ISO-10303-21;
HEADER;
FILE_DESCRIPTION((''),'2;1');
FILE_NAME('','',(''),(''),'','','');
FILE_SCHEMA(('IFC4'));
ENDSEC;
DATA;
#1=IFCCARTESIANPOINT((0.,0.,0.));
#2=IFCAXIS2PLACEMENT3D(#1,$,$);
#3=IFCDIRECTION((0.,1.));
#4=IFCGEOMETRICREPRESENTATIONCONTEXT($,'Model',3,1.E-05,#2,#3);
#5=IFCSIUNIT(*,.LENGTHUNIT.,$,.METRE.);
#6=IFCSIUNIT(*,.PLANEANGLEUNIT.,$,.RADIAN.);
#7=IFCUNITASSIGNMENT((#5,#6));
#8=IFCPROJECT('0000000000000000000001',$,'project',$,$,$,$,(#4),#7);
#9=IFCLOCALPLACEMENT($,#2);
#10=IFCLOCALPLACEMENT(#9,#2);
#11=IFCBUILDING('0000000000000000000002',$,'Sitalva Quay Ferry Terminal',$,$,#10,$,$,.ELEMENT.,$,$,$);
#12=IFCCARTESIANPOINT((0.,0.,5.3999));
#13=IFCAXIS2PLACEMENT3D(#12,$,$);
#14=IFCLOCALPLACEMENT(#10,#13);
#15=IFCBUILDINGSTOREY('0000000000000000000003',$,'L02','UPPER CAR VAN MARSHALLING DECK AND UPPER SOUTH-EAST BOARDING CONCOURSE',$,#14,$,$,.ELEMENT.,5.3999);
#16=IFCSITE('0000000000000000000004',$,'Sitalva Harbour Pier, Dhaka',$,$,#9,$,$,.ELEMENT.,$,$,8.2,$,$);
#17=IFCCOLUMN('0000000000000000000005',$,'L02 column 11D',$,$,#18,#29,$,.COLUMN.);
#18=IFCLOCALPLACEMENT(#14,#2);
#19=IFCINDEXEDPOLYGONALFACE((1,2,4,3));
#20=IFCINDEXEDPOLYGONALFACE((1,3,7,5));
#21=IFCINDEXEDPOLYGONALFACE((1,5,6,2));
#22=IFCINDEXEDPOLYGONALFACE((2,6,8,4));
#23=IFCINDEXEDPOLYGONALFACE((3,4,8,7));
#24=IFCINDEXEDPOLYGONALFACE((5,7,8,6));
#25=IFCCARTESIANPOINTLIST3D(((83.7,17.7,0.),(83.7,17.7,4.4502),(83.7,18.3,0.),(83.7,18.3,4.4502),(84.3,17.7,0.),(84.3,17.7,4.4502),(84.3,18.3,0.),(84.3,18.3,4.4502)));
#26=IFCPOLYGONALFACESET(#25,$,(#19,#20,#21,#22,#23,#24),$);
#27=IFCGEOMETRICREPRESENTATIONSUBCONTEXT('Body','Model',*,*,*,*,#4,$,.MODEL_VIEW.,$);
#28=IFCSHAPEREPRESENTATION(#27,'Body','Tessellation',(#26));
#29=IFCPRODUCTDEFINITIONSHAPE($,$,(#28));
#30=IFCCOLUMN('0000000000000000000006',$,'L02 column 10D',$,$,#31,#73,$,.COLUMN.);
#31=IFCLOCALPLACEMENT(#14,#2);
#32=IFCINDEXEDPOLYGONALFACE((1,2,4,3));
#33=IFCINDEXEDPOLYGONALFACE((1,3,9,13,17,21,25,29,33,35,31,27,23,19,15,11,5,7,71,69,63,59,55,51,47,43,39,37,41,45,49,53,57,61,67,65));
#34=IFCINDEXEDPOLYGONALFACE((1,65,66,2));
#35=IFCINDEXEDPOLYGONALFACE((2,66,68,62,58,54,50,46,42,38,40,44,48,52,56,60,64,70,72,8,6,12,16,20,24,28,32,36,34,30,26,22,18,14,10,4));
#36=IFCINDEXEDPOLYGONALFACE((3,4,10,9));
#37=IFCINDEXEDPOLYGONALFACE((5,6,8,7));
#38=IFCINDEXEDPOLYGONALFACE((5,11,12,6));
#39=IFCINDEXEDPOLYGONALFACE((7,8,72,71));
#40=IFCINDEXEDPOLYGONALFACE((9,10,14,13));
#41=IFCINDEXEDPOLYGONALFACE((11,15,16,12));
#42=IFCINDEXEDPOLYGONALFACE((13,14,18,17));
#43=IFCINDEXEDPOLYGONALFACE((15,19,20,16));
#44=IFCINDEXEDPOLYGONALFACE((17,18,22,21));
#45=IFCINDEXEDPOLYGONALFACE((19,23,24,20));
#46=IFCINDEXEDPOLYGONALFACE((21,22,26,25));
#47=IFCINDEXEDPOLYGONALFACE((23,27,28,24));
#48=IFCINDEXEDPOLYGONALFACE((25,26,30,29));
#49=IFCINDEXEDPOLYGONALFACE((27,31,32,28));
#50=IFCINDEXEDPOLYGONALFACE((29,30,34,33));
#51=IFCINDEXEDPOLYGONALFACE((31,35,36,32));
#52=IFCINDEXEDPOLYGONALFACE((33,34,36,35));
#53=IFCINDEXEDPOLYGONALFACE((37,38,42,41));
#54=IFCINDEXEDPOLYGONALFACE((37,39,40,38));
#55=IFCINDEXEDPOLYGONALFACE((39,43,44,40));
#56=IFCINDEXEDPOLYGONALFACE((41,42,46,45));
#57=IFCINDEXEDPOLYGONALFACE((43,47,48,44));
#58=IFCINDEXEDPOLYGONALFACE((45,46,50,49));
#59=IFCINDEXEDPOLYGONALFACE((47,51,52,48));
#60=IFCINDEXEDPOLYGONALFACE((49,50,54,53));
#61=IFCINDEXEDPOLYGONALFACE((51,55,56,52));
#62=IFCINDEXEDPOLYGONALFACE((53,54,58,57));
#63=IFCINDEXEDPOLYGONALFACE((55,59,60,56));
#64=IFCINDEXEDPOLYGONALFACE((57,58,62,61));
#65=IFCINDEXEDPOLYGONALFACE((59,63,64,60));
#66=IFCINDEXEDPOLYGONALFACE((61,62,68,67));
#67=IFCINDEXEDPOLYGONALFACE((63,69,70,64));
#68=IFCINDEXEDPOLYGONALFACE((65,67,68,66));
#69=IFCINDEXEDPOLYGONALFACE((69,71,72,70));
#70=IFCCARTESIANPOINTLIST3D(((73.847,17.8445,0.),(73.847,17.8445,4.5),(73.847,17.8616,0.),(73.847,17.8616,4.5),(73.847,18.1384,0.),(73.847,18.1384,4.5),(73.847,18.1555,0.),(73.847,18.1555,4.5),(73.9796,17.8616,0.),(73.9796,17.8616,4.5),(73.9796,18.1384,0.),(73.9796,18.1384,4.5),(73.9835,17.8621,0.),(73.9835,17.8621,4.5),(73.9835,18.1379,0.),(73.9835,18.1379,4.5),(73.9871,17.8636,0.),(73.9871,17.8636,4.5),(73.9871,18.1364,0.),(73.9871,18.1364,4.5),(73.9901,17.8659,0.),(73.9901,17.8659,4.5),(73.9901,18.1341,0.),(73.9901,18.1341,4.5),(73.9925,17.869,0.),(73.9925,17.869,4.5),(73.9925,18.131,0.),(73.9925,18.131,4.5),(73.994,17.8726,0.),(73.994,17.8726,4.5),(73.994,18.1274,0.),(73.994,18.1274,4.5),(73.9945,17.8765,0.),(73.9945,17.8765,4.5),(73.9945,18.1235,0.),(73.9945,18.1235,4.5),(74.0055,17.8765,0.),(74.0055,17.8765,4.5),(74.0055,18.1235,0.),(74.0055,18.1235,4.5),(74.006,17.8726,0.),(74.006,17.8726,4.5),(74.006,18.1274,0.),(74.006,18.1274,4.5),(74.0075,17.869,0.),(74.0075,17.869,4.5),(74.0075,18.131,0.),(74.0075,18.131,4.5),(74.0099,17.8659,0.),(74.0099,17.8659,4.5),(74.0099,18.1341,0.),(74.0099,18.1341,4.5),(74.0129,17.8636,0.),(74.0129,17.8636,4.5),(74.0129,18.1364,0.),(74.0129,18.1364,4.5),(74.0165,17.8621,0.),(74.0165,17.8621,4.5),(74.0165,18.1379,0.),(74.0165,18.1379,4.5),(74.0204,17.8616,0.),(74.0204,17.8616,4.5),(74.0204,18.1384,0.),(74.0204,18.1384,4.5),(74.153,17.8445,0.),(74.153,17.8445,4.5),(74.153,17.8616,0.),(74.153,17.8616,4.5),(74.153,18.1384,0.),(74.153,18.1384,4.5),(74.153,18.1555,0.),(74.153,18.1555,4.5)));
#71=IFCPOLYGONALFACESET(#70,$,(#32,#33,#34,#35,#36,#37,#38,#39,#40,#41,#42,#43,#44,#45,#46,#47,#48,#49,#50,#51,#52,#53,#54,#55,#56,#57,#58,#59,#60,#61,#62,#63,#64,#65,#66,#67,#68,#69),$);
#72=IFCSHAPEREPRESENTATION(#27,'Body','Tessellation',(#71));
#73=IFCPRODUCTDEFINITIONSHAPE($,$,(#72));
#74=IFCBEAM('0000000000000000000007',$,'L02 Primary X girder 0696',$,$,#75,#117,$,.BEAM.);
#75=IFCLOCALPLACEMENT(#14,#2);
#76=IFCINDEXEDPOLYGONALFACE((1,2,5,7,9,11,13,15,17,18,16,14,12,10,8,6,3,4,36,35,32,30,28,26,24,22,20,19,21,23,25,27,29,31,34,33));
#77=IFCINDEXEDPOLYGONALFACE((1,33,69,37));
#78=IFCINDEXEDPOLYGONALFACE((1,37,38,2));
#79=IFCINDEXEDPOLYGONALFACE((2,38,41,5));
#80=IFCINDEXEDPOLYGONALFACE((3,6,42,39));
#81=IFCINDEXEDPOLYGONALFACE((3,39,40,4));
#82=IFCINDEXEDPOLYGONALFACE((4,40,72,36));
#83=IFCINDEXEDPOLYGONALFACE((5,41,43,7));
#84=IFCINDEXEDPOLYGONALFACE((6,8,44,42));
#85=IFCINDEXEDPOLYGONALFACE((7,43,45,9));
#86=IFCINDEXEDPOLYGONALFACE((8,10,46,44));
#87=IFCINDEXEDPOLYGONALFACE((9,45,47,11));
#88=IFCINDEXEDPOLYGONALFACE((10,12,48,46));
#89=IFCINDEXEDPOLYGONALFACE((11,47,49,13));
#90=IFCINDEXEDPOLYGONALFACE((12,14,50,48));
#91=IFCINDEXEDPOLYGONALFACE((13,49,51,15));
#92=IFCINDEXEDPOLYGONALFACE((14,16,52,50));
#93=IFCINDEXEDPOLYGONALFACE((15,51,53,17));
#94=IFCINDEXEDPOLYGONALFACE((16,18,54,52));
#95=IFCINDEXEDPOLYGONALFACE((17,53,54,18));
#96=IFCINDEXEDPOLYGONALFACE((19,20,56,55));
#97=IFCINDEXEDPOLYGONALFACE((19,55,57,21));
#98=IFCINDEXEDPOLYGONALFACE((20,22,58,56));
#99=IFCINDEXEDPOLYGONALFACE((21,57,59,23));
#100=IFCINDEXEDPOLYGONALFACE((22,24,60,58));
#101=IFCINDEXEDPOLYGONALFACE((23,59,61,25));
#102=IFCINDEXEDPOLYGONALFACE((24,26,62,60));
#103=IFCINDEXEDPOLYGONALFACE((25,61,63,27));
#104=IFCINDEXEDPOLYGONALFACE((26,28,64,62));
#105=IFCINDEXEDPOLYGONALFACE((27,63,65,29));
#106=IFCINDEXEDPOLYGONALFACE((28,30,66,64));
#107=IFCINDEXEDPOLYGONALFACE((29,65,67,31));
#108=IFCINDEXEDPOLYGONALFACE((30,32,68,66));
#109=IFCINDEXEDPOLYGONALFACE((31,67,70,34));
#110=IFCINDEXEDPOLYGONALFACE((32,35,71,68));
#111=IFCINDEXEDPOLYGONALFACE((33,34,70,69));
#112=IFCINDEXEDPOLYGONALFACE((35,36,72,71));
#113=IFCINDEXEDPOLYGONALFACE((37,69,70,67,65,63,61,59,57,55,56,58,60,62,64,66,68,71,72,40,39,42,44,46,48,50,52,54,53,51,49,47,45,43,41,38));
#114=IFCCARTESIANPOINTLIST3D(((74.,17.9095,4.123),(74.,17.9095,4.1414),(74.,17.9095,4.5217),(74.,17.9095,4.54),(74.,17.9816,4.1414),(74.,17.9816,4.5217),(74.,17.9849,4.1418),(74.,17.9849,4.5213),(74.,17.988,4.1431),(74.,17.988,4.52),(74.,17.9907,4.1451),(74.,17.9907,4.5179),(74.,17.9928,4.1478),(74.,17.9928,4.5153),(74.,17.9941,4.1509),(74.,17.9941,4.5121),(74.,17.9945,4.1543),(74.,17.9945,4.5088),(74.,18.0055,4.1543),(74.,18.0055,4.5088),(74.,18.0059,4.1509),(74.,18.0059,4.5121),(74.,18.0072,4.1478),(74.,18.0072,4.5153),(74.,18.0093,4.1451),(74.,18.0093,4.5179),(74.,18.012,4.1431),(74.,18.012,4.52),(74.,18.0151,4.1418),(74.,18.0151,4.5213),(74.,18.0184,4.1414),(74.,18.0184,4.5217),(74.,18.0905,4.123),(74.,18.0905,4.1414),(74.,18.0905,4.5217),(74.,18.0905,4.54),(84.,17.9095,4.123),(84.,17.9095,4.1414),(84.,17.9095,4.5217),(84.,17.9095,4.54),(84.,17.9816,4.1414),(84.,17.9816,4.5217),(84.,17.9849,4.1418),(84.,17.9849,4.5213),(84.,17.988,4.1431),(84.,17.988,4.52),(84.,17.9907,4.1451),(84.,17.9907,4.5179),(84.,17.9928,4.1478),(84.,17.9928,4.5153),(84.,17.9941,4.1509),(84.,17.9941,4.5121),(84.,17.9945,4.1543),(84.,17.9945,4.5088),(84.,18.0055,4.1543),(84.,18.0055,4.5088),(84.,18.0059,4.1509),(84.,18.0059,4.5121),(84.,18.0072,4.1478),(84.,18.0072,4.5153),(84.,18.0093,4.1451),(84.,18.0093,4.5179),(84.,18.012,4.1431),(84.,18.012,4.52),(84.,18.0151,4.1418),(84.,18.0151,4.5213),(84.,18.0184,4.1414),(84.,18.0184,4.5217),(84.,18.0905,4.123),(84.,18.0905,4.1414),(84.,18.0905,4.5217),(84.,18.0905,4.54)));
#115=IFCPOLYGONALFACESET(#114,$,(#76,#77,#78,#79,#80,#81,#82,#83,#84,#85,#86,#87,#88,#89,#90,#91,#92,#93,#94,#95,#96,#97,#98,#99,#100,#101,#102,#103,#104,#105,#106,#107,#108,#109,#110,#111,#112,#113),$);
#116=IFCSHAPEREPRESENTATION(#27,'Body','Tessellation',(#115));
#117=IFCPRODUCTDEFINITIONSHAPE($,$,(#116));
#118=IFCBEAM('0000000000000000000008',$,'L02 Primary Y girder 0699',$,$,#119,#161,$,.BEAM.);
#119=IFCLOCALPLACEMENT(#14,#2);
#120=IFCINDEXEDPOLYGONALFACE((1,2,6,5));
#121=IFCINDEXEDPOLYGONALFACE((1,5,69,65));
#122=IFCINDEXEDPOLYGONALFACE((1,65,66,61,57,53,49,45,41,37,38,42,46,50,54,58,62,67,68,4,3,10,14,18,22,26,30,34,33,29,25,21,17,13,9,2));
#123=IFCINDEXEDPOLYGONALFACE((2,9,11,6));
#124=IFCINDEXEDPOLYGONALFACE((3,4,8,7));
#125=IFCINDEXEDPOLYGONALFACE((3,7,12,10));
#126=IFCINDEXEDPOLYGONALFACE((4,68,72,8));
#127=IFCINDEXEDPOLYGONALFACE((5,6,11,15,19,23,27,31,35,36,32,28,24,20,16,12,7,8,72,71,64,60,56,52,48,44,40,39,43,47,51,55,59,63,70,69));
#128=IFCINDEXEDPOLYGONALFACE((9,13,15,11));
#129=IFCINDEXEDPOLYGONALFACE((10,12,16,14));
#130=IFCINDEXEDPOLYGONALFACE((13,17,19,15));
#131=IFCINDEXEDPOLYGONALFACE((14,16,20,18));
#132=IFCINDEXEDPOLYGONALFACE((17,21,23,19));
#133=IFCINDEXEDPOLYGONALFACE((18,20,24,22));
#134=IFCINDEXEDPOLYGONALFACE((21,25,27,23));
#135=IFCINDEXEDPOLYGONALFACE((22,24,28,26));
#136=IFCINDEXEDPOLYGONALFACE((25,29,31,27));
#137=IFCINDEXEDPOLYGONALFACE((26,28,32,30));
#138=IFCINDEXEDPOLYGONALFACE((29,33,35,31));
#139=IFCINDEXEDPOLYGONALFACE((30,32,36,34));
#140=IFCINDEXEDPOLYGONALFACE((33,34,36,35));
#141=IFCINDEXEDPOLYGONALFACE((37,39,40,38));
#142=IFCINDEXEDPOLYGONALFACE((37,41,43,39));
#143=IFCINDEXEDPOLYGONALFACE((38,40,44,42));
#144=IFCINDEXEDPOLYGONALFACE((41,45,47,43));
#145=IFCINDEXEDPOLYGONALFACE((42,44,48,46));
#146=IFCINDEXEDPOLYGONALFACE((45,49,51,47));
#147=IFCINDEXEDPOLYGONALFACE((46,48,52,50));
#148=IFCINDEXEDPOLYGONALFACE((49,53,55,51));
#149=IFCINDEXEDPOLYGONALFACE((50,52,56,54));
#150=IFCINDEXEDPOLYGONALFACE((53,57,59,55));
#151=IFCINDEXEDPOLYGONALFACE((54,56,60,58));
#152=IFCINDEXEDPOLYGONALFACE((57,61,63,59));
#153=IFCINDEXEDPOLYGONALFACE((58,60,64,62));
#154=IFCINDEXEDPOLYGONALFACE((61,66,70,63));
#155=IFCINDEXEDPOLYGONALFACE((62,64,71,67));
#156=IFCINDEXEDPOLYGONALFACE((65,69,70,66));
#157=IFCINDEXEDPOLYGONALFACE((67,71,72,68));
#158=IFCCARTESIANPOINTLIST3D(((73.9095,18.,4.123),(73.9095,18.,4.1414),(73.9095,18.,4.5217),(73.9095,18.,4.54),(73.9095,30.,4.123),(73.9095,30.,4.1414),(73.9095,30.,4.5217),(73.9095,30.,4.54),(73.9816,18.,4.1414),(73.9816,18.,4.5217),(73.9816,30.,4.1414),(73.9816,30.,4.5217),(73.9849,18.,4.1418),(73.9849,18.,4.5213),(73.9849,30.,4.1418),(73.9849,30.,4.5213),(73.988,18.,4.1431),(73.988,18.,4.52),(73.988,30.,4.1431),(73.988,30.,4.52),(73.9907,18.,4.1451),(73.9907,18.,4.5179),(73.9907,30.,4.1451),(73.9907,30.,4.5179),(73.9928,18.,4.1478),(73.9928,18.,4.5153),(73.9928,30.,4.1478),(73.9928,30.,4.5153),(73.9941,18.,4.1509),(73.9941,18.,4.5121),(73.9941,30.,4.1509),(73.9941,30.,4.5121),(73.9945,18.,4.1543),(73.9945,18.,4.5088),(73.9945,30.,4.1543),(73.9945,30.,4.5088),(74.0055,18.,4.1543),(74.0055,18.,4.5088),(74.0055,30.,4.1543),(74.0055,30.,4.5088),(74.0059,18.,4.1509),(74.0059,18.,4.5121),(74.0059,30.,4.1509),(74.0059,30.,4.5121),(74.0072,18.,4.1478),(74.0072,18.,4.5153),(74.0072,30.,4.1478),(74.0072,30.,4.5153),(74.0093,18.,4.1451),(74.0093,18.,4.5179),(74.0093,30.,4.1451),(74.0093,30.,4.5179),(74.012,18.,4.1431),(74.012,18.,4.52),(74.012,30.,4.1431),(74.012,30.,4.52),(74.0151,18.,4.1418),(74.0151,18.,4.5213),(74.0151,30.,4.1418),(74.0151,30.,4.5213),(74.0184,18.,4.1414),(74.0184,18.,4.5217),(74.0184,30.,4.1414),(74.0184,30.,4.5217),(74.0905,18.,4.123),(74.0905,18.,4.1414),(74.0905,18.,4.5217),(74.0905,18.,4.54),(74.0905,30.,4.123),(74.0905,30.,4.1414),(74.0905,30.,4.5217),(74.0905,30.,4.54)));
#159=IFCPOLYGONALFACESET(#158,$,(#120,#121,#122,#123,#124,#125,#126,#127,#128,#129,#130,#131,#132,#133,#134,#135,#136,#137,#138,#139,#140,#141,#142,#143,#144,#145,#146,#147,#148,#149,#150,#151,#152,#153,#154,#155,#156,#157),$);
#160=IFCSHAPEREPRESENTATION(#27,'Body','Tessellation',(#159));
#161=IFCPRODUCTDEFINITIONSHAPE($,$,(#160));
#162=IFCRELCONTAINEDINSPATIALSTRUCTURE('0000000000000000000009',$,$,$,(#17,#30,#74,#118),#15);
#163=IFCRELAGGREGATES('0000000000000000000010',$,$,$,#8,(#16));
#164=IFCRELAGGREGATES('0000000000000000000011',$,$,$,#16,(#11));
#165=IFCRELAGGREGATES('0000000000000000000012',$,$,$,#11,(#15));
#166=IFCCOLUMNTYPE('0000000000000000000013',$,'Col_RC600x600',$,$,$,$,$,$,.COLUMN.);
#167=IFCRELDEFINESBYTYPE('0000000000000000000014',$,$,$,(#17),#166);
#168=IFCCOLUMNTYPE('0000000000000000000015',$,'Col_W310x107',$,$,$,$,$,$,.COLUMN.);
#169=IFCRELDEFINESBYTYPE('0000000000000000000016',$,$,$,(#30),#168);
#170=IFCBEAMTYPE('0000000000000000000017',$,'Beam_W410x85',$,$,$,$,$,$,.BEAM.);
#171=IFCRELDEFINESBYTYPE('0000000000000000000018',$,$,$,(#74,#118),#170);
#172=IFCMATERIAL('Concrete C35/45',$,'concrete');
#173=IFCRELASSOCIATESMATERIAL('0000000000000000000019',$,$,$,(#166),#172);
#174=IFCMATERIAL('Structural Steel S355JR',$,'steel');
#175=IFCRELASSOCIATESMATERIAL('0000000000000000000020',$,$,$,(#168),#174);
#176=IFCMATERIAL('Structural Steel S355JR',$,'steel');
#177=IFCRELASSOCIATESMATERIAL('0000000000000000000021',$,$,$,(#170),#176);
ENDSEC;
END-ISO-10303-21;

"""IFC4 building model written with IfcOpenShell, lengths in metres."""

from ifc_helpers import new_model, si_unit, direction, frame, origin, origin_2d, place, context, subcontext, project, spatial, rectangle, i_section, extrude, material, material_profile, profile_set, type_object, element, save


model = new_model("IFC4")

# Units and contexts
model_context = context("Model", 3, precision=1e-05, world=origin(), true_north=direction((0.0, 1.0)))
body_context = subcontext(model_context, "Body", "Model", "MODEL_VIEW")
ifc_project = project(units=[si_unit("LENGTHUNIT", "METRE"), si_unit("PLANEANGLEUNIT", "RADIAN")], contexts=[model_context])

# Site, building, storey
site_placement = place(None, origin())
site = spatial("IfcSite", under=ifc_project, at=site_placement, Name="Sitalva Harbour Pier, Dhaka", CompositionType="ELEMENT", RefElevation=8.2)
building_placement = place(site_placement, origin())
building = spatial("IfcBuilding", under=site, at=building_placement, Name="Sitalva Quay Ferry Terminal", CompositionType="ELEMENT")
storey_placement = place(building_placement, frame((0.0, 0.0, 5.3999)))
storey = spatial("IfcBuildingStorey", under=building, at=storey_placement, Name="L02", Description="UPPER CAR VAN MARSHALLING DECK AND UPPER SOUTH-EAST BOARDING CONCOURSE", CompositionType="ELEMENT", Elevation=5.3999)

# Columns
ifc_material_1 = material(Name="Concrete C35/45", Category="concrete")
ifc_material_profile_1 = material_profile(ifc_material_1, rectangle(XDim=0.6001, YDim=0.6001, at=origin_2d()), Name="RC600x600")
ifc_profile_set_1 = profile_set([ifc_material_profile_1], Name="Concrete C35/45")
column_type_1 = type_object("IfcColumnType", Name="Col_RC600x600", PredefinedType="COLUMN", material=ifc_profile_set_1)
column_1_placement = place(storey_placement, frame((84.0, 18.0, 0.0), z_axis=(0.0, 0.0, 1.0), x_axis=(1.0, 0.0, 0.0)))
element("IfcColumn", 1, at=column_1_placement, inside=storey, type_object=column_type_1, Name="L02 column 11D", PredefinedType="COLUMN", context=body_context, shape_type="SweptSolid", body=[
    extrude(rectangle(XDim=0.6001, YDim=0.6001, at=origin_2d()), origin(), (0.0, 0.0, 1.0), 4.4502),
])
ifc_material_2 = material(Name="Structural Steel S355JR", Category="steel")
ifc_material_profile_2 = material_profile(ifc_material_2, i_section(OverallWidth=0.3059, OverallDepth=0.311, WebThickness=0.011, FlangeThickness=0.0171, FilletRadius=0.0149, at=origin_2d()), Name="W310x107")
ifc_profile_set_2 = profile_set([ifc_material_profile_2], Name="Structural Steel S355JR")
column_type_2 = type_object("IfcColumnType", Name="Col_W310x107", PredefinedType="COLUMN", material=ifc_profile_set_2)
column_2_placement = place(storey_placement, frame((74.0, 18.0, 0.0), z_axis=(0.0, 0.0, 1.0), x_axis=(1.0, 0.0, 0.0)))
element("IfcColumn", 2, at=column_2_placement, inside=storey, type_object=column_type_2, Name="L02 column 10D", PredefinedType="COLUMN", context=body_context, shape_type="SweptSolid", body=[
    extrude(i_section(OverallWidth=0.3059, OverallDepth=0.311, WebThickness=0.011, FlangeThickness=0.0171, FilletRadius=0.0149, at=origin_2d()), origin(), (0.0, 0.0, 1.0), 4.5),
])

# Beams
ifc_material_3 = material(Name="Structural Steel S355JR", Category="steel")
ifc_material_profile_3 = material_profile(ifc_material_3, i_section(OverallWidth=0.1809, OverallDepth=0.417, WebThickness=0.011, FlangeThickness=0.0183, FilletRadius=0.0129, at=origin_2d()), Name="W410x85")
ifc_profile_set_3 = profile_set([ifc_material_profile_3], Name="Structural Steel S355JR")
beam_type = type_object("IfcBeamType", Name="Beam_W410x85", PredefinedType="BEAM", material=ifc_profile_set_3)
beam_1_placement = place(storey_placement, frame((74.0, 18.0, 4.3315), z_axis=(1.0, 0.0, 0.0), x_axis=(0.0, 1.0, 0.0)))
element("IfcBeam", 3, at=beam_1_placement, inside=storey, type_object=beam_type, Name="L02 Primary X girder 0696", PredefinedType="BEAM", context=body_context, shape_type="SweptSolid", body=[
    extrude(i_section(OverallWidth=0.1809, OverallDepth=0.417, WebThickness=0.011, FlangeThickness=0.0183, FilletRadius=0.0129, at=origin_2d()), origin(), (0.0, 0.0, 1.0), 10.0),
])
for number, where, z_axis, x_axis, name in (
    (4, (74.0, 18.0, 4.3315), (0.0, 1.0, 0.0), (-1.0, 0.0, 0.0), "L02 Primary Y girder 0699"),
):
    element("IfcBeam", number, at=place(storey_placement, frame(where, z_axis=z_axis, x_axis=x_axis)), inside=storey, type_object=beam_type, Name=name, PredefinedType="BEAM", context=body_context, shape_type="SweptSolid", body=[
        extrude(i_section(OverallWidth=0.1809, OverallDepth=0.417, WebThickness=0.011, FlangeThickness=0.0183, FilletRadius=0.0129, at=origin_2d()), origin(), (0.0, 0.0, 1.0), 12.0),
    ])

save(model, "model.ifc")
